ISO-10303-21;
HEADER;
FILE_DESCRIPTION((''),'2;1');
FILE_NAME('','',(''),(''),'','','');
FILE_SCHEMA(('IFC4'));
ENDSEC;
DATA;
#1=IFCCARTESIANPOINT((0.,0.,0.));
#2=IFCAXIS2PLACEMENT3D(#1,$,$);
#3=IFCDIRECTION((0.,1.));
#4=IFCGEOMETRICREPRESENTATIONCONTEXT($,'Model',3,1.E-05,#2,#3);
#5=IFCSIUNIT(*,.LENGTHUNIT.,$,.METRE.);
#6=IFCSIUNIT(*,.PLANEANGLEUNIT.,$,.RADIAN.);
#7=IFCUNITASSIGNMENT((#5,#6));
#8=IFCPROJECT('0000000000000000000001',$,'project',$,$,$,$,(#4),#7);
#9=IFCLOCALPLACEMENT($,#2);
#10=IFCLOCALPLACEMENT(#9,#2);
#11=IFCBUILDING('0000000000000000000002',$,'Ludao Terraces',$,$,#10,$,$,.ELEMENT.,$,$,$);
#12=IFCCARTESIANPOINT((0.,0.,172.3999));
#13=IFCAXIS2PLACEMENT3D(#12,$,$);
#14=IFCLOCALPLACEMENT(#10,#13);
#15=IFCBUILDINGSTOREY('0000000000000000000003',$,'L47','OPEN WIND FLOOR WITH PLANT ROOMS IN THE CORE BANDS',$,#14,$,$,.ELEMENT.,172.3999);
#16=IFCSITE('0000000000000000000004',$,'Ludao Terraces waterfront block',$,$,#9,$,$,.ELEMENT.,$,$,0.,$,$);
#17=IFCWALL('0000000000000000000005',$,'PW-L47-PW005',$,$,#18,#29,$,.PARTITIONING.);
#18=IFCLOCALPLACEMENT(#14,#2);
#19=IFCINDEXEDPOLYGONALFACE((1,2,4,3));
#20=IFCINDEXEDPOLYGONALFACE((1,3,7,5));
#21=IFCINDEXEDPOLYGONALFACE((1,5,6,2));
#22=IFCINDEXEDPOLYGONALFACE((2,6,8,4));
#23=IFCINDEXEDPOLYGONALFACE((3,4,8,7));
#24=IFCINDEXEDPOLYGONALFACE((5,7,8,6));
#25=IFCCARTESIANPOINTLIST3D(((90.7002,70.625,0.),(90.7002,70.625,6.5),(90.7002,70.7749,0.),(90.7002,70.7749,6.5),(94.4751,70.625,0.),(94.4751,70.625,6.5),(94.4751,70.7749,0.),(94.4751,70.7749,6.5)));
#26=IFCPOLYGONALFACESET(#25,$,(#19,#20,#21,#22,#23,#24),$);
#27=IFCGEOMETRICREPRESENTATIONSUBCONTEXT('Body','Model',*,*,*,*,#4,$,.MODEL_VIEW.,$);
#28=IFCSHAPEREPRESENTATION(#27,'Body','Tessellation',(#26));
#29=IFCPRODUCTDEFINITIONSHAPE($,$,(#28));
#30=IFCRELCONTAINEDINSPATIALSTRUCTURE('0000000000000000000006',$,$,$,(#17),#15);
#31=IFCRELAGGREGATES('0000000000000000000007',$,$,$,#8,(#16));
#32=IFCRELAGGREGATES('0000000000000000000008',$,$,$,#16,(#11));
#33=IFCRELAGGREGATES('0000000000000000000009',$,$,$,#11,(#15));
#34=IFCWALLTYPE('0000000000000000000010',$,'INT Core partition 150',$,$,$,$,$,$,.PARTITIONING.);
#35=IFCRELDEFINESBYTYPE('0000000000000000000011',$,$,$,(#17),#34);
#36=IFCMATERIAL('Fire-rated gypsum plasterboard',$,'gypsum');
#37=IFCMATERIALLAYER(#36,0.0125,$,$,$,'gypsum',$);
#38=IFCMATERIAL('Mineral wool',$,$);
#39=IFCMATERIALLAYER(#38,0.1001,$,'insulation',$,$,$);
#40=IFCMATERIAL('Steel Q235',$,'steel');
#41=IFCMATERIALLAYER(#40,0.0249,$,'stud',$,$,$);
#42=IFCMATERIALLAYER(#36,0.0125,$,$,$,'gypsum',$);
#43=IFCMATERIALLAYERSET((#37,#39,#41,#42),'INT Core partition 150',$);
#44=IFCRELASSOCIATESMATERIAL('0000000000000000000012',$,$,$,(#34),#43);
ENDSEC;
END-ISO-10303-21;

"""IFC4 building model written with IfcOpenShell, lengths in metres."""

from ifc_helpers import new_model, si_unit, direction, frame, frame_2d, origin, place, context, subcontext, project, spatial, rectangle, extrude, material, layer, layer_set, type_object, element, save


model = new_model("IFC4")

# Units and contexts
model_context = context("Model", 3, precision=1e-05, world=origin(), true_north=direction((0.0, 1.0)))
body_context = subcontext(model_context, "Body", "Model", "MODEL_VIEW")
ifc_project = project(units=[si_unit("LENGTHUNIT", "METRE"), si_unit("PLANEANGLEUNIT", "RADIAN")], contexts=[model_context])

# Site, building, storey
site_placement = place(None, origin())
site = spatial("IfcSite", under=ifc_project, at=site_placement, Name="Ludao Terraces waterfront block", CompositionType="ELEMENT", RefElevation=0.0)
building_placement = place(site_placement, origin())
building = spatial("IfcBuilding", under=site, at=building_placement, Name="Ludao Terraces", CompositionType="ELEMENT")
storey_placement = place(building_placement, frame((0.0, 0.0, 172.3999)))
storey = spatial("IfcBuildingStorey", under=building, at=storey_placement, Name="L47", Description="OPEN WIND FLOOR WITH PLANT ROOMS IN THE CORE BANDS", CompositionType="ELEMENT", Elevation=172.3999)

# Shared definitions
ifc_material_1 = material(Name="Steel Q235", Category="steel")

# Wall
ifc_material_2 = material(Name="Fire-rated gypsum plasterboard", Category="gypsum")
ifc_layer_1 = layer(ifc_material_2, 0.0125, Category="gypsum")
ifc_material_3 = material(Name="Mineral wool")
ifc_layer_2 = layer(ifc_material_3, 0.1001, Name="insulation")
ifc_layer_3 = layer(ifc_material_1, 0.0249, Name="stud")
ifc_layer_4 = layer(ifc_material_2, 0.0125, Category="gypsum")
ifc_layer_set_1 = layer_set([ifc_layer_1, ifc_layer_2, ifc_layer_3, ifc_layer_4], Name="INT Core partition 150")
wall_type_1 = type_object("IfcWallType", Name="INT Core partition 150", PredefinedType="PARTITIONING", material=ifc_layer_set_1)
for number, where, z_axis, x_axis, name in (
    (1, (90.7002, 70.7, 0.0), (0.0, 0.0, 1.0), (1.0, 0.0, 0.0), "PW-L47-PW005"),
):
    element("IfcWall", number, at=place(storey_placement, frame(where, z_axis=z_axis, x_axis=x_axis)), inside=storey, type_object=wall_type_1, Name=name, PredefinedType="PARTITIONING", context=body_context, shape_type="SweptSolid", body=[
        extrude(rectangle(XDim=3.7749, YDim=0.1499, at=frame_2d((1.8875, 0.0))), origin(), (0.0, 0.0, 1.0), 6.5),
    ])

save(model, "model.ifc")
